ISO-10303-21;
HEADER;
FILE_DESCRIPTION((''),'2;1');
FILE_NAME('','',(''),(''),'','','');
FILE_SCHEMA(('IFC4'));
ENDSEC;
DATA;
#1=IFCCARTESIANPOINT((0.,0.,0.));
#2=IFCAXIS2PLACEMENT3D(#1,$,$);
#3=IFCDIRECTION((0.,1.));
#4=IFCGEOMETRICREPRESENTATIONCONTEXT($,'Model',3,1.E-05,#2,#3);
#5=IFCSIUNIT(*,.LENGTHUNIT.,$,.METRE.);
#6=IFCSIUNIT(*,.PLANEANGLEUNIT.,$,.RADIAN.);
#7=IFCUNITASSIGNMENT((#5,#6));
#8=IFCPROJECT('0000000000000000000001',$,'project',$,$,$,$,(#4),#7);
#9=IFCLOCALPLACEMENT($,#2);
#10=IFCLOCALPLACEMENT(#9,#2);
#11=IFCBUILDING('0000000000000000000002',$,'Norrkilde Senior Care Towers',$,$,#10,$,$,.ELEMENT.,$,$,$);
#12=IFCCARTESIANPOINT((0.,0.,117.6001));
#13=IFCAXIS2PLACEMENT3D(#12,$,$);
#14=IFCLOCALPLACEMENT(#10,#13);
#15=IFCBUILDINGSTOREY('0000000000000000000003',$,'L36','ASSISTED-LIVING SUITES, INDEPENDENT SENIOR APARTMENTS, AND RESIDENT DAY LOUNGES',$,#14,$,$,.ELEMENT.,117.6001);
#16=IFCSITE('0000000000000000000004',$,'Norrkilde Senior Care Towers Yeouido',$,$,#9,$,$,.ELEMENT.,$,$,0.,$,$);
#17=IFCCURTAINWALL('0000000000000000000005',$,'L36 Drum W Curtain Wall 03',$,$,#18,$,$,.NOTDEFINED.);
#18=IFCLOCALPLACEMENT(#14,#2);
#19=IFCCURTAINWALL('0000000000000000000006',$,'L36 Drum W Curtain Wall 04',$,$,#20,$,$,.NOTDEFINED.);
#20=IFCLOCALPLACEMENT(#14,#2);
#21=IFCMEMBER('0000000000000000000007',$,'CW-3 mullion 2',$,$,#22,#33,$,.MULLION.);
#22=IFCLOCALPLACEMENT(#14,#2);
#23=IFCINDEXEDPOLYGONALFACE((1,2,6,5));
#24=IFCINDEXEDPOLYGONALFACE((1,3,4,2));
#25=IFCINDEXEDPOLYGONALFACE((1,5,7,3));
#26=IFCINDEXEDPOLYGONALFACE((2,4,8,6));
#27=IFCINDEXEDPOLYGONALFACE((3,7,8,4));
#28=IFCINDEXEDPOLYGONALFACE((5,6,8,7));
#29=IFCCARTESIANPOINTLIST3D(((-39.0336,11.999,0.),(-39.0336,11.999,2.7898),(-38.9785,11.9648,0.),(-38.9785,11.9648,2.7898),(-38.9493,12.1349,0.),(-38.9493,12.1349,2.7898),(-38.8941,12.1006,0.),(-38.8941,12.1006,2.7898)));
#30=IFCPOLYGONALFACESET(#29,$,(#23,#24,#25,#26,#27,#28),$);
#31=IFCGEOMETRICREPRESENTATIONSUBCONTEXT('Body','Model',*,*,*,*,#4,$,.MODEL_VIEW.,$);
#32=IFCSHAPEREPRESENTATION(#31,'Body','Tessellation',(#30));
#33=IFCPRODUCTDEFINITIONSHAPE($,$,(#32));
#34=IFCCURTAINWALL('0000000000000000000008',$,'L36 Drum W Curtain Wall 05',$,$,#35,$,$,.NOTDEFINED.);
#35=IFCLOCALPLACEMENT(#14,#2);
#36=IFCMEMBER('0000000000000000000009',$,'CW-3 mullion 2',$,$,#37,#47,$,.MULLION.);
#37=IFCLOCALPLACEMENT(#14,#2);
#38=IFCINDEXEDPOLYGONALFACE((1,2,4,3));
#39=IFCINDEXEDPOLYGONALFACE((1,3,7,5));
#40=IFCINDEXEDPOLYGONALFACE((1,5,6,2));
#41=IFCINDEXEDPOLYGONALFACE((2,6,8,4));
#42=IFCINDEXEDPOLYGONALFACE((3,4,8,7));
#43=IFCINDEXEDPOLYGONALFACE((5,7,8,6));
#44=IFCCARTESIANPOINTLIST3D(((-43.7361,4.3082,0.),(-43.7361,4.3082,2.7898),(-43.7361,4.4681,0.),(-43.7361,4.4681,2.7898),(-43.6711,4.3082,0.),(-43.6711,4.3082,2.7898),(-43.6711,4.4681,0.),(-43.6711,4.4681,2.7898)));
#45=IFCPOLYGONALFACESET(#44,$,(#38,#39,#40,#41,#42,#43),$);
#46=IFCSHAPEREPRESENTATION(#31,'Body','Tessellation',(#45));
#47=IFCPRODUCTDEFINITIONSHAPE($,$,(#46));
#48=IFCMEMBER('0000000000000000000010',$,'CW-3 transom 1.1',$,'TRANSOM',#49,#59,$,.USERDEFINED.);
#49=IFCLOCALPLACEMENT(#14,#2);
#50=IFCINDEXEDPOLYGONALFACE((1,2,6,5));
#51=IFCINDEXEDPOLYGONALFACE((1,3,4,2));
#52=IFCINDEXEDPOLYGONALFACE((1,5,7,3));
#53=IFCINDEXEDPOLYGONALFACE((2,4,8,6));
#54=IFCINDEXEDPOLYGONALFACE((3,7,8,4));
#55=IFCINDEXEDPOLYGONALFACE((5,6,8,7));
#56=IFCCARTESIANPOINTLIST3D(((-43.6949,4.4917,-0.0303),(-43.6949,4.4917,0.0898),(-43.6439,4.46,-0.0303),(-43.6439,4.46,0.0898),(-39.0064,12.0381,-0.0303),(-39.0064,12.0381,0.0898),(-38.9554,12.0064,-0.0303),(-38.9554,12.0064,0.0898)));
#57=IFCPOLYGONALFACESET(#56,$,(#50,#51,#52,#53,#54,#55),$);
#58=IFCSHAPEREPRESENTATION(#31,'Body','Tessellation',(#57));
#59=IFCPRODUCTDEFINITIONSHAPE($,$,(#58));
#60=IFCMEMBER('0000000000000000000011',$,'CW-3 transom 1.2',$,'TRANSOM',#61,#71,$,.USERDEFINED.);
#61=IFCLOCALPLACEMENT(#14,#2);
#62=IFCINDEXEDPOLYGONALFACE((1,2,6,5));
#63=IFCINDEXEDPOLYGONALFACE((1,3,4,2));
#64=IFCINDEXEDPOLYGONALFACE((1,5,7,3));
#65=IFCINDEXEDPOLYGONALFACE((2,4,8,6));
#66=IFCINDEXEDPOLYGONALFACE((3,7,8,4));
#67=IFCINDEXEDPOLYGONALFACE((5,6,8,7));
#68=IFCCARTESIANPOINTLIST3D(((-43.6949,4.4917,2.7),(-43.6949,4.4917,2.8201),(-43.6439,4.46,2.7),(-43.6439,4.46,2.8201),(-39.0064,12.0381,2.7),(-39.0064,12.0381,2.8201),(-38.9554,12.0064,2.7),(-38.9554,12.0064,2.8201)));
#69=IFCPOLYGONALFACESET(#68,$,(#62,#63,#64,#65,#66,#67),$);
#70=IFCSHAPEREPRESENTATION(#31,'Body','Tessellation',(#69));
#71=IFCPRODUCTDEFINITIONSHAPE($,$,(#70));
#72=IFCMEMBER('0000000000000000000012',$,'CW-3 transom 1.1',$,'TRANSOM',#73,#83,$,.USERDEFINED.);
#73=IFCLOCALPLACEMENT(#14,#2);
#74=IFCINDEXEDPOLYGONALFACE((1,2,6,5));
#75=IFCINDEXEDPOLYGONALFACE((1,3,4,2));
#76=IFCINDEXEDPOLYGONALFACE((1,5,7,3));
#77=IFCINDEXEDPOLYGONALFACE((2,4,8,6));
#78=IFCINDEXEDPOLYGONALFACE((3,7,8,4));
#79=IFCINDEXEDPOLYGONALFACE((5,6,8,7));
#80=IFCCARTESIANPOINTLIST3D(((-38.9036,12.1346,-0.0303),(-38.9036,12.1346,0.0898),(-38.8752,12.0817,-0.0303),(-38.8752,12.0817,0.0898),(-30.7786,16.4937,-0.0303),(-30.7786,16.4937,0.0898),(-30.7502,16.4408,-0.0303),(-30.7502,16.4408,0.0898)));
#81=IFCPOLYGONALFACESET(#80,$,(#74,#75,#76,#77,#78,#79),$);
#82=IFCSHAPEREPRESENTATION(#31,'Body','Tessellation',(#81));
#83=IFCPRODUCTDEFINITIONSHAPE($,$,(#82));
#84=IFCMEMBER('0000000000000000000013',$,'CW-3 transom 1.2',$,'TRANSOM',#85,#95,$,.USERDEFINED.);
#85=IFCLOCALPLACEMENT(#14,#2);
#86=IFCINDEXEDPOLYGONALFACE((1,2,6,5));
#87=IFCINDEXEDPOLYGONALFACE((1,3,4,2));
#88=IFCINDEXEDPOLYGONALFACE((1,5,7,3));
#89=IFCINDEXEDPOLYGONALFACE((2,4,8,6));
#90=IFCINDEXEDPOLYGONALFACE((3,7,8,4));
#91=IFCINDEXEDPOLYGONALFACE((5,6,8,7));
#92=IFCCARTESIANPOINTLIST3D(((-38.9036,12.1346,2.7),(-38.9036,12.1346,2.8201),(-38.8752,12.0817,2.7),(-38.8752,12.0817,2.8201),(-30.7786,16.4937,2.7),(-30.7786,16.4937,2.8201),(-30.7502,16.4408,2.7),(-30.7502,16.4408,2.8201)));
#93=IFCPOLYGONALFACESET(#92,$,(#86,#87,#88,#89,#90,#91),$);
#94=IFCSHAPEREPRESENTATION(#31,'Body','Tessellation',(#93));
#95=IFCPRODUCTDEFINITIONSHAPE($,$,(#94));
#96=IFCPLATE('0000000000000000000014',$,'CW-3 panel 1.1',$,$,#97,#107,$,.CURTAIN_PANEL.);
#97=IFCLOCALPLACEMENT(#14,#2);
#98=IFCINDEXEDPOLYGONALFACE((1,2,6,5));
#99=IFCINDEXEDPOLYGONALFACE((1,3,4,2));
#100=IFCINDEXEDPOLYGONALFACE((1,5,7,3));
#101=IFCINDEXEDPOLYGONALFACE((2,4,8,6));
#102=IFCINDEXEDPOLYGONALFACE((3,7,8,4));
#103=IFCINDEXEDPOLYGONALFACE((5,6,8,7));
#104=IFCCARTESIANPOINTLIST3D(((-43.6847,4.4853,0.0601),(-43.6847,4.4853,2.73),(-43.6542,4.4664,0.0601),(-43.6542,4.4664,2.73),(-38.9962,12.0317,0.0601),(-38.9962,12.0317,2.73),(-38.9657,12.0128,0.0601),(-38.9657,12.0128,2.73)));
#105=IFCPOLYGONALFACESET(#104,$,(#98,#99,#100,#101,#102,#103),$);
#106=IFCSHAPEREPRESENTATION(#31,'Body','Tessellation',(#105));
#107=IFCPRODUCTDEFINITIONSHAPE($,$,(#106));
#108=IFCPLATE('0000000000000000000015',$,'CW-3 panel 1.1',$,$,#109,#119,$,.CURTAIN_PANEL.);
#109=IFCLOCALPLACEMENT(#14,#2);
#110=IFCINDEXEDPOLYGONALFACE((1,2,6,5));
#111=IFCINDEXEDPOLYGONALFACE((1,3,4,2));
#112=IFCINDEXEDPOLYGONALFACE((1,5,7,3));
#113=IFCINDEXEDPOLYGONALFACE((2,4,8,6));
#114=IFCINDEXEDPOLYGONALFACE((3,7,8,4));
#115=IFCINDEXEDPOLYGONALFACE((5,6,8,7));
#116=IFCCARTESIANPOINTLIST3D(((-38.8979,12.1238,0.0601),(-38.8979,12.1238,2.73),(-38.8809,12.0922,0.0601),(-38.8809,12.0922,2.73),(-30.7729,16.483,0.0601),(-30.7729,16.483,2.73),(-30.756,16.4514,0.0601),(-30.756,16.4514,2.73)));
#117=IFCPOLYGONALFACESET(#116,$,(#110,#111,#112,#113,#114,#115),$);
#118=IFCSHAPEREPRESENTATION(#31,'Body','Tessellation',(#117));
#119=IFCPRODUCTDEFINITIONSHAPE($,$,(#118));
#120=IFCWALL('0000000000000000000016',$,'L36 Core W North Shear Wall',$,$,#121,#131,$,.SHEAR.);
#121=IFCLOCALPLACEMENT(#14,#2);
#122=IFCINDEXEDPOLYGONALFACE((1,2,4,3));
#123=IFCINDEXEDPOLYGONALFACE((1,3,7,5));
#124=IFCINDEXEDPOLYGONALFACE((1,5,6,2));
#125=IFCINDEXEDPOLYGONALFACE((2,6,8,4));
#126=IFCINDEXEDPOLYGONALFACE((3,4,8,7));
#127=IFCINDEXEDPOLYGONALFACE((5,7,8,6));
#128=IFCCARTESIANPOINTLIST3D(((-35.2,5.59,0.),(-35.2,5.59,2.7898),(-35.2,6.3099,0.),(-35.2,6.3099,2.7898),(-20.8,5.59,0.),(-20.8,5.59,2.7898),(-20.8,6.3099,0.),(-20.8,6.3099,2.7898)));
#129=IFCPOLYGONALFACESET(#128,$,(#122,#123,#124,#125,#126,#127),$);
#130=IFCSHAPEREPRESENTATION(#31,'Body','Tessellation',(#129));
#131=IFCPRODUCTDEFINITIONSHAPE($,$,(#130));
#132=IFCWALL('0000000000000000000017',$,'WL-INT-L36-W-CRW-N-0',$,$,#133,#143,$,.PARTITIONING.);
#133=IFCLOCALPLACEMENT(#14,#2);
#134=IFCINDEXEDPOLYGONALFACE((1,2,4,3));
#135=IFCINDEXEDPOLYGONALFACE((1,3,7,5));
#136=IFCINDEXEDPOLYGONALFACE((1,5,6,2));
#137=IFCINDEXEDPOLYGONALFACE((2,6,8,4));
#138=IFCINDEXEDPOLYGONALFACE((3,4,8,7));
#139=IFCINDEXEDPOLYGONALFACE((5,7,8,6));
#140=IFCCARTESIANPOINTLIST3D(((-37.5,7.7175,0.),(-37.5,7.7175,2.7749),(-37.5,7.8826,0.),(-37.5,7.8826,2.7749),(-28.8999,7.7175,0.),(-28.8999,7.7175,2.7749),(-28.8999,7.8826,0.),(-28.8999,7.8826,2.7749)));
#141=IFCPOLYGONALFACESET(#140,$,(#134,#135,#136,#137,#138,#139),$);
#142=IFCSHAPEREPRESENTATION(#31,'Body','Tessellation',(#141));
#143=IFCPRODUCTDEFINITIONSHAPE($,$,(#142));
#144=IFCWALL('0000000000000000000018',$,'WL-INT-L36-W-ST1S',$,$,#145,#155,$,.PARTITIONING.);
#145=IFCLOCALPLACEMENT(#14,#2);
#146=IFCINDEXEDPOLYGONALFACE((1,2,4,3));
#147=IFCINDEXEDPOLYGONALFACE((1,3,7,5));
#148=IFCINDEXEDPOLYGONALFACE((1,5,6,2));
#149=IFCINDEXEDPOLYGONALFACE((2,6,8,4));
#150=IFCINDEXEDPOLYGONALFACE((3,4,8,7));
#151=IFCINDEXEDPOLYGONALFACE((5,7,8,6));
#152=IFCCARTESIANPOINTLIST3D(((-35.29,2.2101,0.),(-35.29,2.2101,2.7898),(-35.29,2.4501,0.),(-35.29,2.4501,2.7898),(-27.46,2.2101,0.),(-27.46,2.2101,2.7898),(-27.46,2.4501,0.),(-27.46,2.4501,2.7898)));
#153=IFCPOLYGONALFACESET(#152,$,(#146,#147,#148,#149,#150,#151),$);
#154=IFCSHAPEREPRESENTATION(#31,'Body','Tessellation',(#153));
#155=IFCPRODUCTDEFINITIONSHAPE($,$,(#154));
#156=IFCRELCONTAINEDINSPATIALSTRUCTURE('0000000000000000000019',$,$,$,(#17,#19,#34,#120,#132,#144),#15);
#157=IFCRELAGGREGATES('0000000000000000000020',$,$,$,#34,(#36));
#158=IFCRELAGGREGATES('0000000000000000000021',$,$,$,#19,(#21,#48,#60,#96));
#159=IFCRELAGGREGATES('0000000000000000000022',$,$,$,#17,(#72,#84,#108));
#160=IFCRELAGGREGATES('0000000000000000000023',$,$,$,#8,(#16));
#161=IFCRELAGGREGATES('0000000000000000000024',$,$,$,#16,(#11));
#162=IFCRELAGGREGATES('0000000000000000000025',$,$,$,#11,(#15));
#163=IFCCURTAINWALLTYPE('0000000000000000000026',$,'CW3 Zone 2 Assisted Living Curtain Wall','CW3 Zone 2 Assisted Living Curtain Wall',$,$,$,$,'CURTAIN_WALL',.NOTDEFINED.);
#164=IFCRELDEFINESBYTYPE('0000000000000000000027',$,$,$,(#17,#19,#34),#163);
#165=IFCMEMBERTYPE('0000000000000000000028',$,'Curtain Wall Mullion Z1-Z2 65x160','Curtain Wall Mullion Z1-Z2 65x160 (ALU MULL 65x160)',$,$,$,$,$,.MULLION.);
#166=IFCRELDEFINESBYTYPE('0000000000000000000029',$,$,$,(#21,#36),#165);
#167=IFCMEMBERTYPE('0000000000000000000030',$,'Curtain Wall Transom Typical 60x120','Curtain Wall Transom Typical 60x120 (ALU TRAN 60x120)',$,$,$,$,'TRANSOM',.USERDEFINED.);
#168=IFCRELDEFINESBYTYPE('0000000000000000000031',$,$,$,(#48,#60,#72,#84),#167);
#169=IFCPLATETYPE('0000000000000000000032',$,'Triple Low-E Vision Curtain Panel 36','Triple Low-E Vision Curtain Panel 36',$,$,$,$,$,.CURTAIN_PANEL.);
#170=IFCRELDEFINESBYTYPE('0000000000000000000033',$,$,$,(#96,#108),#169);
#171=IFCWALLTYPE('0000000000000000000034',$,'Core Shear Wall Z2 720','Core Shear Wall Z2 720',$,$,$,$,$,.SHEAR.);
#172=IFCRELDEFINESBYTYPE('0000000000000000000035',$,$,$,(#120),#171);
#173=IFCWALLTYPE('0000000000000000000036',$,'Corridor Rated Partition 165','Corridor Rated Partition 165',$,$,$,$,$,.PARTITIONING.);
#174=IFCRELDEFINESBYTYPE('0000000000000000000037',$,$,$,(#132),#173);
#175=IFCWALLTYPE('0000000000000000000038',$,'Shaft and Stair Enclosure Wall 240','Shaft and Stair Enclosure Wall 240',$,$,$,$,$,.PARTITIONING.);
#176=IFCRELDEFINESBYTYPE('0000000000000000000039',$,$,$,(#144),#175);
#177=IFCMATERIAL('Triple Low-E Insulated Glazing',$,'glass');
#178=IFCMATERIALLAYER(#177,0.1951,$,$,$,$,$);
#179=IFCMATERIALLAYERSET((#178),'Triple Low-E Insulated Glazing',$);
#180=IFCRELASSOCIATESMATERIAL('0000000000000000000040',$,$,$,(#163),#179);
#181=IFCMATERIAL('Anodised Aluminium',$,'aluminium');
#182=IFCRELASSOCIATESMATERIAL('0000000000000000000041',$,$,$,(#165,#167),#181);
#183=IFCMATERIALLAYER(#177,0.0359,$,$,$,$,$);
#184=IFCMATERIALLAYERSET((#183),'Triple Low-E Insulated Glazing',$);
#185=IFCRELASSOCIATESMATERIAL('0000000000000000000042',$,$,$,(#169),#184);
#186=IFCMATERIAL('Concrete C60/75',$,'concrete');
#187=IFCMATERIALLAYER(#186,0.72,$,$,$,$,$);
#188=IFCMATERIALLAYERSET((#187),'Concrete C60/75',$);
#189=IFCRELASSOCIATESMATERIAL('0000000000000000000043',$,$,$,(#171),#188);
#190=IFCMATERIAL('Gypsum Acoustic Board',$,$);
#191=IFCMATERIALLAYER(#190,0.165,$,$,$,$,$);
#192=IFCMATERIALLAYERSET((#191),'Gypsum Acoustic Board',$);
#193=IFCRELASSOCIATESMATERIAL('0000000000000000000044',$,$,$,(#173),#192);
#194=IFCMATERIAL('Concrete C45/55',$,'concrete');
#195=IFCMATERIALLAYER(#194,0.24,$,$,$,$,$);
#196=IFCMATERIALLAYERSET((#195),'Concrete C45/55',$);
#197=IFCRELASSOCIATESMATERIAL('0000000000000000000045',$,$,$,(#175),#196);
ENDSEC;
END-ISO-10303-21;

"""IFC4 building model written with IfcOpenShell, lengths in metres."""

from ifc_helpers import new_model, si_unit, direction, frame, frame_2d, origin, origin_2d, place, context, subcontext, project, spatial, rectangle, extrude, source, transform, mapped, material, layer, layer_set, material_profile, profile_set, type_object, type_shapes, element, aggregate, save


model = new_model("IFC4")

# Units and contexts
model_context = context("Model", 3, precision=1e-05, world=origin(), true_north=direction((0.0, 1.0)))
body_context = subcontext(model_context, "Body", "Model", "MODEL_VIEW")
ifc_project = project(units=[si_unit("LENGTHUNIT", "METRE"), si_unit("PLANEANGLEUNIT", "RADIAN")], contexts=[model_context])

# Site, building, storey
site_placement = place(None, origin())
site = spatial("IfcSite", under=ifc_project, at=site_placement, Name="Norrkilde Senior Care Towers Yeouido", CompositionType="ELEMENT", RefElevation=0.0)
building_placement = place(site_placement, origin())
building = spatial("IfcBuilding", under=site, at=building_placement, Name="Norrkilde Senior Care Towers", CompositionType="ELEMENT")
storey_placement = place(building_placement, frame((0.0, 0.0, 117.6001)))
storey = spatial("IfcBuildingStorey", under=building, at=storey_placement, Name="L36", Description="ASSISTED-LIVING SUITES, INDEPENDENT SENIOR APARTMENTS, AND RESIDENT DAY LOUNGES", CompositionType="ELEMENT", Elevation=117.6001)

# Shared definitions
ifc_material_1 = material(Name="Concrete C60/75", Category="concrete")

# Curtain wall
ifc_material_2 = material(Name="Triple Low-E Insulated Glazing", Category="glass")
ifc_layer_1 = layer(ifc_material_2, 0.1951)
ifc_layer_set_1 = layer_set([ifc_layer_1], Name="Triple Low-E Insulated Glazing")
curtain_wall_type = type_object("IfcCurtainWallType", Name="CW3 Zone 2 Assisted Living Curtain Wall", Description="CW3 Zone 2 Assisted Living Curtain Wall", ElementType="CURTAIN_WALL", PredefinedType="NOTDEFINED", material=ifc_layer_set_1)
curtain_wall_1_placement = place(storey_placement, origin())
curtain_wall_1 = element("IfcCurtainWall", 1, at=curtain_wall_1_placement, inside=storey, type_object=curtain_wall_type, Name="L36 Drum W Curtain Wall 03", PredefinedType="NOTDEFINED")
ifc_material_3 = material(Name="Anodised Aluminium", Category="aluminium")
ifc_material_profile_1 = material_profile(ifc_material_3, rectangle(XDim=0.0649, YDim=0.1599, at=origin_2d()), Name="ALU MULL 65x160")
ifc_profile_set_1 = profile_set([ifc_material_profile_1], Name="Anodised Aluminium")
member_type_1 = type_object("IfcMemberType", Name="Curtain Wall Mullion Z1-Z2 65x160", Description="Curtain Wall Mullion Z1-Z2 65x160 (ALU MULL 65x160)", PredefinedType="MULLION", material=ifc_profile_set_1)
shared_shape_1 = source(origin(), body_context, "Body", "SweptSolid", [
    extrude(rectangle(XDim=0.0649, YDim=0.1599, at=origin_2d()), origin(), (0.0, 0.0, 1.0), 2.7898),
])
type_shapes(member_type_1, [shared_shape_1])

# Curtain wall, member
curtain_wall_2_placement = place(storey_placement, origin())
curtain_wall_2 = element("IfcCurtainWall", 2, at=curtain_wall_2_placement, inside=storey, type_object=curtain_wall_type, Name="L36 Drum W Curtain Wall 04", PredefinedType="NOTDEFINED")
member_1_placement = place(storey_placement, frame((-38.9639, 12.0498, 0.0), z_axis=(0.0, 0.0, 1.0), x_axis=(-0.84941, 0.527733, 0.0)))
member_1 = element("IfcMember", 3, at=member_1_placement, type_object=member_type_1, Name="CW-3 mullion 2", PredefinedType="MULLION", context=body_context, shape_type="MappedRepresentation", body=[
    mapped(shared_shape_1, transform((0.0, 0.0, 0.0), x_axis=(1.0, 0.0, 0.0), y_axis=(0.0, 1.0, 0.0), z_axis=(0.0, 0.0, 1.0), scale=1.0)),
])

# Curtain wall, member
curtain_wall_3_placement = place(storey_placement, origin())
curtain_wall_3 = element("IfcCurtainWall", 4, at=curtain_wall_3_placement, inside=storey, type_object=curtain_wall_type, Name="L36 Drum W Curtain Wall 05", PredefinedType="NOTDEFINED")
member_2_placement = place(storey_placement, frame((-43.7036, 4.3882, 0.0), z_axis=(0.0, 0.0, 1.0), x_axis=(-1.0, 0.0, 0.0)))
member_2 = element("IfcMember", 5, at=member_2_placement, type_object=member_type_1, Name="CW-3 mullion 2", PredefinedType="MULLION", context=body_context, shape_type="MappedRepresentation", body=[
    mapped(shared_shape_1, transform((0.0, 0.0, 0.0), x_axis=(1.0, 0.0, 0.0), y_axis=(0.0, 1.0, 0.0), z_axis=(0.0, 0.0, 1.0), scale=1.0)),
])
aggregate(curtain_wall_3, [member_2])

# Members
ifc_material_profile_2 = material_profile(ifc_material_3, rectangle(XDim=0.0601, YDim=0.1201, at=origin_2d()), Name="ALU TRAN 60x120")
ifc_profile_set_2 = profile_set([ifc_material_profile_2], Name="Anodised Aluminium")
member_type_2 = type_object("IfcMemberType", Name="Curtain Wall Transom Typical 60x120", Description="Curtain Wall Transom Typical 60x120 (ALU TRAN 60x120)", ElementType="TRANSOM", PredefinedType="USERDEFINED", material=ifc_profile_set_2)
shared_shape_2 = source(origin(), body_context, "Body", "SweptSolid", [
    extrude(rectangle(XDim=0.0601, YDim=0.1201, at=origin_2d()), origin(), (0.0, 0.0, 1.0), 8.8843),
])
member_3_placement = place(storey_placement, frame((-43.6694, 4.4758, 0.0298), z_axis=(0.527729, 0.849413, 0.0), x_axis=(-0.849413, 0.527729, 0.0)))
member_3 = element("IfcMember", 6, at=member_3_placement, type_object=member_type_2, Name="CW-3 transom 1.1", ObjectType="TRANSOM", PredefinedType="USERDEFINED", context=body_context, shape_type="MappedRepresentation", body=[
    mapped(shared_shape_2, transform((0.0, 0.0, 0.0), x_axis=(1.0, 0.0, 0.0), y_axis=(0.0, 1.0, 0.0), z_axis=(0.0, 0.0, 1.0), scale=1.0)),
])
member_4_placement = place(storey_placement, frame((-43.6694, 4.4758, 2.76), z_axis=(0.527729, 0.849413, 0.0), x_axis=(-0.849413, 0.527729, 0.0)))
member_4 = element("IfcMember", 7, at=member_4_placement, type_object=member_type_2, Name="CW-3 transom 1.2", ObjectType="TRANSOM", PredefinedType="USERDEFINED", context=body_context, shape_type="MappedRepresentation", body=[
    mapped(shared_shape_2, transform((0.0, 0.0, 0.0), x_axis=(1.0, 0.0, 0.0), y_axis=(0.0, 1.0, 0.0), z_axis=(0.0, 0.0, 1.0), scale=1.0)),
])
shared_shape_3 = source(origin(), body_context, "Body", "SweptSolid", [
    extrude(rectangle(XDim=0.0601, YDim=0.1201, at=origin_2d()), origin(), (0.0, 0.0, 1.0), 9.2205),
])
type_shapes(member_type_2, [shared_shape_2, shared_shape_3])
member_5_placement = place(storey_placement, frame((-38.8894, 12.1082, 0.0298), z_axis=(0.881189, 0.472765, 0.0), x_axis=(-0.472765, 0.881189, 0.0)))
member_5 = element("IfcMember", 8, at=member_5_placement, type_object=member_type_2, Name="CW-3 transom 1.1", ObjectType="TRANSOM", PredefinedType="USERDEFINED", context=body_context, shape_type="MappedRepresentation", body=[
    mapped(shared_shape_3, transform((0.0, 0.0, 0.0), x_axis=(1.0, 0.0, 0.0), y_axis=(0.0, 1.0, 0.0), z_axis=(0.0, 0.0, 1.0), scale=1.0)),
])
member_6_placement = place(storey_placement, frame((-38.8894, 12.1082, 2.76), z_axis=(0.881189, 0.472765, 0.0), x_axis=(-0.472765, 0.881189, 0.0)))
member_6 = element("IfcMember", 9, at=member_6_placement, type_object=member_type_2, Name="CW-3 transom 1.2", ObjectType="TRANSOM", PredefinedType="USERDEFINED", context=body_context, shape_type="MappedRepresentation", body=[
    mapped(shared_shape_3, transform((0.0, 0.0, 0.0), x_axis=(1.0, 0.0, 0.0), y_axis=(0.0, 1.0, 0.0), z_axis=(0.0, 0.0, 1.0), scale=1.0)),
])

# Plates
ifc_layer_2 = layer(ifc_material_2, 0.0359)
ifc_layer_set_2 = layer_set([ifc_layer_2], Name="Triple Low-E Insulated Glazing")
plate_type = type_object("IfcPlateType", Name="Triple Low-E Vision Curtain Panel 36", Description="Triple Low-E Vision Curtain Panel 36", PredefinedType="CURTAIN_PANEL", material=ifc_layer_set_2)
shared_shape_4 = source(origin(), body_context, "Body", "SweptSolid", [
    extrude(rectangle(XDim=8.8843, YDim=0.0359, at=origin_2d()), origin(), (0.0, 0.0, 1.0), 2.6699),
])
plate_1_placement = place(storey_placement, frame((-41.3252, 8.249, 0.0601), z_axis=(0.0, 0.0, 1.0), x_axis=(0.527733, 0.84941, 0.0)))
plate_1 = element("IfcPlate", 10, at=plate_1_placement, type_object=plate_type, Name="CW-3 panel 1.1", PredefinedType="CURTAIN_PANEL", context=body_context, shape_type="MappedRepresentation", body=[
    mapped(shared_shape_4, transform((0.0, 0.0, 0.0), x_axis=(1.0, 0.0, 0.0), y_axis=(0.0, 1.0, 0.0), z_axis=(0.0, 0.0, 1.0), scale=1.0)),
])
aggregate(curtain_wall_2, [member_1, member_3, member_4, plate_1])
shared_shape_5 = source(origin(), body_context, "Body", "SweptSolid", [
    extrude(rectangle(XDim=9.2205, YDim=0.0359, at=origin_2d()), origin(), (0.0, 0.0, 1.0), 2.6699),
])
type_shapes(plate_type, [shared_shape_4, shared_shape_5])
plate_2_placement = place(storey_placement, frame((-34.8269, 14.2876, 0.0601), z_axis=(0.0, 0.0, 1.0), x_axis=(0.881186, 0.472769, 0.0)))
plate_2 = element("IfcPlate", 11, at=plate_2_placement, type_object=plate_type, Name="CW-3 panel 1.1", PredefinedType="CURTAIN_PANEL", context=body_context, shape_type="MappedRepresentation", body=[
    mapped(shared_shape_5, transform((0.0, 0.0, 0.0), x_axis=(1.0, 0.0, 0.0), y_axis=(0.0, 1.0, 0.0), z_axis=(0.0, 0.0, 1.0), scale=1.0)),
])
aggregate(curtain_wall_1, [member_5, member_6, plate_2])

# Walls
ifc_layer_3 = layer(ifc_material_1, 0.72)
ifc_layer_set_3 = layer_set([ifc_layer_3], Name="Concrete C60/75")
wall_type_1 = type_object("IfcWallType", Name="Core Shear Wall Z2 720", Description="Core Shear Wall Z2 720", PredefinedType="SHEAR", material=ifc_layer_set_3)
shared_shape_6 = source(origin(), body_context, "Body", "SweptSolid", [
    extrude(rectangle(XDim=14.3999, YDim=0.72, at=frame_2d((7.2, 0.0))), origin(), (0.0, 0.0, 1.0), 2.7898),
])
type_shapes(wall_type_1, [shared_shape_6])
wall_1_placement = place(storey_placement, frame((-35.2, 5.95, 0.0), z_axis=(0.0, 0.0, 1.0), x_axis=(1.0, 0.0, 0.0)))
element("IfcWall", 12, at=wall_1_placement, inside=storey, type_object=wall_type_1, Name="L36 Core W North Shear Wall", PredefinedType="SHEAR", context=body_context, shape_type="MappedRepresentation", body=[
    mapped(shared_shape_6, transform((0.0, 0.0, 0.0), x_axis=(1.0, 0.0, 0.0), y_axis=(0.0, 1.0, 0.0), z_axis=(0.0, 0.0, 1.0), scale=1.0)),
])
ifc_material_4 = material(Name="Gypsum Acoustic Board")
ifc_layer_4 = layer(ifc_material_4, 0.165)
ifc_layer_set_4 = layer_set([ifc_layer_4], Name="Gypsum Acoustic Board")
wall_type_2 = type_object("IfcWallType", Name="Corridor Rated Partition 165", Description="Corridor Rated Partition 165", PredefinedType="PARTITIONING", material=ifc_layer_set_4)
shared_shape_7 = source(origin(), body_context, "Body", "SweptSolid", [
    extrude(rectangle(XDim=8.6001, YDim=0.165, at=frame_2d((4.3, 0.0))), origin(), (0.0, 0.0, 1.0), 2.7749),
])
type_shapes(wall_type_2, [shared_shape_7])
wall_2_placement = place(storey_placement, frame((-37.5, 7.8, 0.0), z_axis=(0.0, 0.0, 1.0), x_axis=(1.0, 0.0, 0.0)))
element("IfcWall", 13, at=wall_2_placement, inside=storey, type_object=wall_type_2, Name="WL-INT-L36-W-CRW-N-0", PredefinedType="PARTITIONING", context=body_context, shape_type="MappedRepresentation", body=[
    mapped(shared_shape_7, transform((0.0, 0.0, 0.0), x_axis=(1.0, 0.0, 0.0), y_axis=(0.0, 1.0, 0.0), z_axis=(0.0, 0.0, 1.0), scale=1.0)),
])
ifc_material_5 = material(Name="Concrete C45/55", Category="concrete")
ifc_layer_5 = layer(ifc_material_5, 0.24)
ifc_layer_set_5 = layer_set([ifc_layer_5], Name="Concrete C45/55")
wall_type_3 = type_object("IfcWallType", Name="Shaft and Stair Enclosure Wall 240", Description="Shaft and Stair Enclosure Wall 240", PredefinedType="PARTITIONING", material=ifc_layer_set_5)
shared_shape_8 = source(origin(), body_context, "Body", "SweptSolid", [
    extrude(rectangle(XDim=7.8301, YDim=0.24, at=frame_2d((3.915, 0.0))), origin(), (0.0, 0.0, 1.0), 2.7898),
])
type_shapes(wall_type_3, [shared_shape_8])
wall_3_placement = place(storey_placement, frame((-35.29, 2.3301, 0.0), z_axis=(0.0, 0.0, 1.0), x_axis=(1.0, 0.0, 0.0)))
element("IfcWall", 14, at=wall_3_placement, inside=storey, type_object=wall_type_3, Name="WL-INT-L36-W-ST1S", PredefinedType="PARTITIONING", context=body_context, shape_type="MappedRepresentation", body=[
    mapped(shared_shape_8, transform((0.0, 0.0, 0.0), x_axis=(1.0, 0.0, 0.0), y_axis=(0.0, 1.0, 0.0), z_axis=(0.0, 0.0, 1.0), scale=1.0)),
])

save(model, "model.ifc")
